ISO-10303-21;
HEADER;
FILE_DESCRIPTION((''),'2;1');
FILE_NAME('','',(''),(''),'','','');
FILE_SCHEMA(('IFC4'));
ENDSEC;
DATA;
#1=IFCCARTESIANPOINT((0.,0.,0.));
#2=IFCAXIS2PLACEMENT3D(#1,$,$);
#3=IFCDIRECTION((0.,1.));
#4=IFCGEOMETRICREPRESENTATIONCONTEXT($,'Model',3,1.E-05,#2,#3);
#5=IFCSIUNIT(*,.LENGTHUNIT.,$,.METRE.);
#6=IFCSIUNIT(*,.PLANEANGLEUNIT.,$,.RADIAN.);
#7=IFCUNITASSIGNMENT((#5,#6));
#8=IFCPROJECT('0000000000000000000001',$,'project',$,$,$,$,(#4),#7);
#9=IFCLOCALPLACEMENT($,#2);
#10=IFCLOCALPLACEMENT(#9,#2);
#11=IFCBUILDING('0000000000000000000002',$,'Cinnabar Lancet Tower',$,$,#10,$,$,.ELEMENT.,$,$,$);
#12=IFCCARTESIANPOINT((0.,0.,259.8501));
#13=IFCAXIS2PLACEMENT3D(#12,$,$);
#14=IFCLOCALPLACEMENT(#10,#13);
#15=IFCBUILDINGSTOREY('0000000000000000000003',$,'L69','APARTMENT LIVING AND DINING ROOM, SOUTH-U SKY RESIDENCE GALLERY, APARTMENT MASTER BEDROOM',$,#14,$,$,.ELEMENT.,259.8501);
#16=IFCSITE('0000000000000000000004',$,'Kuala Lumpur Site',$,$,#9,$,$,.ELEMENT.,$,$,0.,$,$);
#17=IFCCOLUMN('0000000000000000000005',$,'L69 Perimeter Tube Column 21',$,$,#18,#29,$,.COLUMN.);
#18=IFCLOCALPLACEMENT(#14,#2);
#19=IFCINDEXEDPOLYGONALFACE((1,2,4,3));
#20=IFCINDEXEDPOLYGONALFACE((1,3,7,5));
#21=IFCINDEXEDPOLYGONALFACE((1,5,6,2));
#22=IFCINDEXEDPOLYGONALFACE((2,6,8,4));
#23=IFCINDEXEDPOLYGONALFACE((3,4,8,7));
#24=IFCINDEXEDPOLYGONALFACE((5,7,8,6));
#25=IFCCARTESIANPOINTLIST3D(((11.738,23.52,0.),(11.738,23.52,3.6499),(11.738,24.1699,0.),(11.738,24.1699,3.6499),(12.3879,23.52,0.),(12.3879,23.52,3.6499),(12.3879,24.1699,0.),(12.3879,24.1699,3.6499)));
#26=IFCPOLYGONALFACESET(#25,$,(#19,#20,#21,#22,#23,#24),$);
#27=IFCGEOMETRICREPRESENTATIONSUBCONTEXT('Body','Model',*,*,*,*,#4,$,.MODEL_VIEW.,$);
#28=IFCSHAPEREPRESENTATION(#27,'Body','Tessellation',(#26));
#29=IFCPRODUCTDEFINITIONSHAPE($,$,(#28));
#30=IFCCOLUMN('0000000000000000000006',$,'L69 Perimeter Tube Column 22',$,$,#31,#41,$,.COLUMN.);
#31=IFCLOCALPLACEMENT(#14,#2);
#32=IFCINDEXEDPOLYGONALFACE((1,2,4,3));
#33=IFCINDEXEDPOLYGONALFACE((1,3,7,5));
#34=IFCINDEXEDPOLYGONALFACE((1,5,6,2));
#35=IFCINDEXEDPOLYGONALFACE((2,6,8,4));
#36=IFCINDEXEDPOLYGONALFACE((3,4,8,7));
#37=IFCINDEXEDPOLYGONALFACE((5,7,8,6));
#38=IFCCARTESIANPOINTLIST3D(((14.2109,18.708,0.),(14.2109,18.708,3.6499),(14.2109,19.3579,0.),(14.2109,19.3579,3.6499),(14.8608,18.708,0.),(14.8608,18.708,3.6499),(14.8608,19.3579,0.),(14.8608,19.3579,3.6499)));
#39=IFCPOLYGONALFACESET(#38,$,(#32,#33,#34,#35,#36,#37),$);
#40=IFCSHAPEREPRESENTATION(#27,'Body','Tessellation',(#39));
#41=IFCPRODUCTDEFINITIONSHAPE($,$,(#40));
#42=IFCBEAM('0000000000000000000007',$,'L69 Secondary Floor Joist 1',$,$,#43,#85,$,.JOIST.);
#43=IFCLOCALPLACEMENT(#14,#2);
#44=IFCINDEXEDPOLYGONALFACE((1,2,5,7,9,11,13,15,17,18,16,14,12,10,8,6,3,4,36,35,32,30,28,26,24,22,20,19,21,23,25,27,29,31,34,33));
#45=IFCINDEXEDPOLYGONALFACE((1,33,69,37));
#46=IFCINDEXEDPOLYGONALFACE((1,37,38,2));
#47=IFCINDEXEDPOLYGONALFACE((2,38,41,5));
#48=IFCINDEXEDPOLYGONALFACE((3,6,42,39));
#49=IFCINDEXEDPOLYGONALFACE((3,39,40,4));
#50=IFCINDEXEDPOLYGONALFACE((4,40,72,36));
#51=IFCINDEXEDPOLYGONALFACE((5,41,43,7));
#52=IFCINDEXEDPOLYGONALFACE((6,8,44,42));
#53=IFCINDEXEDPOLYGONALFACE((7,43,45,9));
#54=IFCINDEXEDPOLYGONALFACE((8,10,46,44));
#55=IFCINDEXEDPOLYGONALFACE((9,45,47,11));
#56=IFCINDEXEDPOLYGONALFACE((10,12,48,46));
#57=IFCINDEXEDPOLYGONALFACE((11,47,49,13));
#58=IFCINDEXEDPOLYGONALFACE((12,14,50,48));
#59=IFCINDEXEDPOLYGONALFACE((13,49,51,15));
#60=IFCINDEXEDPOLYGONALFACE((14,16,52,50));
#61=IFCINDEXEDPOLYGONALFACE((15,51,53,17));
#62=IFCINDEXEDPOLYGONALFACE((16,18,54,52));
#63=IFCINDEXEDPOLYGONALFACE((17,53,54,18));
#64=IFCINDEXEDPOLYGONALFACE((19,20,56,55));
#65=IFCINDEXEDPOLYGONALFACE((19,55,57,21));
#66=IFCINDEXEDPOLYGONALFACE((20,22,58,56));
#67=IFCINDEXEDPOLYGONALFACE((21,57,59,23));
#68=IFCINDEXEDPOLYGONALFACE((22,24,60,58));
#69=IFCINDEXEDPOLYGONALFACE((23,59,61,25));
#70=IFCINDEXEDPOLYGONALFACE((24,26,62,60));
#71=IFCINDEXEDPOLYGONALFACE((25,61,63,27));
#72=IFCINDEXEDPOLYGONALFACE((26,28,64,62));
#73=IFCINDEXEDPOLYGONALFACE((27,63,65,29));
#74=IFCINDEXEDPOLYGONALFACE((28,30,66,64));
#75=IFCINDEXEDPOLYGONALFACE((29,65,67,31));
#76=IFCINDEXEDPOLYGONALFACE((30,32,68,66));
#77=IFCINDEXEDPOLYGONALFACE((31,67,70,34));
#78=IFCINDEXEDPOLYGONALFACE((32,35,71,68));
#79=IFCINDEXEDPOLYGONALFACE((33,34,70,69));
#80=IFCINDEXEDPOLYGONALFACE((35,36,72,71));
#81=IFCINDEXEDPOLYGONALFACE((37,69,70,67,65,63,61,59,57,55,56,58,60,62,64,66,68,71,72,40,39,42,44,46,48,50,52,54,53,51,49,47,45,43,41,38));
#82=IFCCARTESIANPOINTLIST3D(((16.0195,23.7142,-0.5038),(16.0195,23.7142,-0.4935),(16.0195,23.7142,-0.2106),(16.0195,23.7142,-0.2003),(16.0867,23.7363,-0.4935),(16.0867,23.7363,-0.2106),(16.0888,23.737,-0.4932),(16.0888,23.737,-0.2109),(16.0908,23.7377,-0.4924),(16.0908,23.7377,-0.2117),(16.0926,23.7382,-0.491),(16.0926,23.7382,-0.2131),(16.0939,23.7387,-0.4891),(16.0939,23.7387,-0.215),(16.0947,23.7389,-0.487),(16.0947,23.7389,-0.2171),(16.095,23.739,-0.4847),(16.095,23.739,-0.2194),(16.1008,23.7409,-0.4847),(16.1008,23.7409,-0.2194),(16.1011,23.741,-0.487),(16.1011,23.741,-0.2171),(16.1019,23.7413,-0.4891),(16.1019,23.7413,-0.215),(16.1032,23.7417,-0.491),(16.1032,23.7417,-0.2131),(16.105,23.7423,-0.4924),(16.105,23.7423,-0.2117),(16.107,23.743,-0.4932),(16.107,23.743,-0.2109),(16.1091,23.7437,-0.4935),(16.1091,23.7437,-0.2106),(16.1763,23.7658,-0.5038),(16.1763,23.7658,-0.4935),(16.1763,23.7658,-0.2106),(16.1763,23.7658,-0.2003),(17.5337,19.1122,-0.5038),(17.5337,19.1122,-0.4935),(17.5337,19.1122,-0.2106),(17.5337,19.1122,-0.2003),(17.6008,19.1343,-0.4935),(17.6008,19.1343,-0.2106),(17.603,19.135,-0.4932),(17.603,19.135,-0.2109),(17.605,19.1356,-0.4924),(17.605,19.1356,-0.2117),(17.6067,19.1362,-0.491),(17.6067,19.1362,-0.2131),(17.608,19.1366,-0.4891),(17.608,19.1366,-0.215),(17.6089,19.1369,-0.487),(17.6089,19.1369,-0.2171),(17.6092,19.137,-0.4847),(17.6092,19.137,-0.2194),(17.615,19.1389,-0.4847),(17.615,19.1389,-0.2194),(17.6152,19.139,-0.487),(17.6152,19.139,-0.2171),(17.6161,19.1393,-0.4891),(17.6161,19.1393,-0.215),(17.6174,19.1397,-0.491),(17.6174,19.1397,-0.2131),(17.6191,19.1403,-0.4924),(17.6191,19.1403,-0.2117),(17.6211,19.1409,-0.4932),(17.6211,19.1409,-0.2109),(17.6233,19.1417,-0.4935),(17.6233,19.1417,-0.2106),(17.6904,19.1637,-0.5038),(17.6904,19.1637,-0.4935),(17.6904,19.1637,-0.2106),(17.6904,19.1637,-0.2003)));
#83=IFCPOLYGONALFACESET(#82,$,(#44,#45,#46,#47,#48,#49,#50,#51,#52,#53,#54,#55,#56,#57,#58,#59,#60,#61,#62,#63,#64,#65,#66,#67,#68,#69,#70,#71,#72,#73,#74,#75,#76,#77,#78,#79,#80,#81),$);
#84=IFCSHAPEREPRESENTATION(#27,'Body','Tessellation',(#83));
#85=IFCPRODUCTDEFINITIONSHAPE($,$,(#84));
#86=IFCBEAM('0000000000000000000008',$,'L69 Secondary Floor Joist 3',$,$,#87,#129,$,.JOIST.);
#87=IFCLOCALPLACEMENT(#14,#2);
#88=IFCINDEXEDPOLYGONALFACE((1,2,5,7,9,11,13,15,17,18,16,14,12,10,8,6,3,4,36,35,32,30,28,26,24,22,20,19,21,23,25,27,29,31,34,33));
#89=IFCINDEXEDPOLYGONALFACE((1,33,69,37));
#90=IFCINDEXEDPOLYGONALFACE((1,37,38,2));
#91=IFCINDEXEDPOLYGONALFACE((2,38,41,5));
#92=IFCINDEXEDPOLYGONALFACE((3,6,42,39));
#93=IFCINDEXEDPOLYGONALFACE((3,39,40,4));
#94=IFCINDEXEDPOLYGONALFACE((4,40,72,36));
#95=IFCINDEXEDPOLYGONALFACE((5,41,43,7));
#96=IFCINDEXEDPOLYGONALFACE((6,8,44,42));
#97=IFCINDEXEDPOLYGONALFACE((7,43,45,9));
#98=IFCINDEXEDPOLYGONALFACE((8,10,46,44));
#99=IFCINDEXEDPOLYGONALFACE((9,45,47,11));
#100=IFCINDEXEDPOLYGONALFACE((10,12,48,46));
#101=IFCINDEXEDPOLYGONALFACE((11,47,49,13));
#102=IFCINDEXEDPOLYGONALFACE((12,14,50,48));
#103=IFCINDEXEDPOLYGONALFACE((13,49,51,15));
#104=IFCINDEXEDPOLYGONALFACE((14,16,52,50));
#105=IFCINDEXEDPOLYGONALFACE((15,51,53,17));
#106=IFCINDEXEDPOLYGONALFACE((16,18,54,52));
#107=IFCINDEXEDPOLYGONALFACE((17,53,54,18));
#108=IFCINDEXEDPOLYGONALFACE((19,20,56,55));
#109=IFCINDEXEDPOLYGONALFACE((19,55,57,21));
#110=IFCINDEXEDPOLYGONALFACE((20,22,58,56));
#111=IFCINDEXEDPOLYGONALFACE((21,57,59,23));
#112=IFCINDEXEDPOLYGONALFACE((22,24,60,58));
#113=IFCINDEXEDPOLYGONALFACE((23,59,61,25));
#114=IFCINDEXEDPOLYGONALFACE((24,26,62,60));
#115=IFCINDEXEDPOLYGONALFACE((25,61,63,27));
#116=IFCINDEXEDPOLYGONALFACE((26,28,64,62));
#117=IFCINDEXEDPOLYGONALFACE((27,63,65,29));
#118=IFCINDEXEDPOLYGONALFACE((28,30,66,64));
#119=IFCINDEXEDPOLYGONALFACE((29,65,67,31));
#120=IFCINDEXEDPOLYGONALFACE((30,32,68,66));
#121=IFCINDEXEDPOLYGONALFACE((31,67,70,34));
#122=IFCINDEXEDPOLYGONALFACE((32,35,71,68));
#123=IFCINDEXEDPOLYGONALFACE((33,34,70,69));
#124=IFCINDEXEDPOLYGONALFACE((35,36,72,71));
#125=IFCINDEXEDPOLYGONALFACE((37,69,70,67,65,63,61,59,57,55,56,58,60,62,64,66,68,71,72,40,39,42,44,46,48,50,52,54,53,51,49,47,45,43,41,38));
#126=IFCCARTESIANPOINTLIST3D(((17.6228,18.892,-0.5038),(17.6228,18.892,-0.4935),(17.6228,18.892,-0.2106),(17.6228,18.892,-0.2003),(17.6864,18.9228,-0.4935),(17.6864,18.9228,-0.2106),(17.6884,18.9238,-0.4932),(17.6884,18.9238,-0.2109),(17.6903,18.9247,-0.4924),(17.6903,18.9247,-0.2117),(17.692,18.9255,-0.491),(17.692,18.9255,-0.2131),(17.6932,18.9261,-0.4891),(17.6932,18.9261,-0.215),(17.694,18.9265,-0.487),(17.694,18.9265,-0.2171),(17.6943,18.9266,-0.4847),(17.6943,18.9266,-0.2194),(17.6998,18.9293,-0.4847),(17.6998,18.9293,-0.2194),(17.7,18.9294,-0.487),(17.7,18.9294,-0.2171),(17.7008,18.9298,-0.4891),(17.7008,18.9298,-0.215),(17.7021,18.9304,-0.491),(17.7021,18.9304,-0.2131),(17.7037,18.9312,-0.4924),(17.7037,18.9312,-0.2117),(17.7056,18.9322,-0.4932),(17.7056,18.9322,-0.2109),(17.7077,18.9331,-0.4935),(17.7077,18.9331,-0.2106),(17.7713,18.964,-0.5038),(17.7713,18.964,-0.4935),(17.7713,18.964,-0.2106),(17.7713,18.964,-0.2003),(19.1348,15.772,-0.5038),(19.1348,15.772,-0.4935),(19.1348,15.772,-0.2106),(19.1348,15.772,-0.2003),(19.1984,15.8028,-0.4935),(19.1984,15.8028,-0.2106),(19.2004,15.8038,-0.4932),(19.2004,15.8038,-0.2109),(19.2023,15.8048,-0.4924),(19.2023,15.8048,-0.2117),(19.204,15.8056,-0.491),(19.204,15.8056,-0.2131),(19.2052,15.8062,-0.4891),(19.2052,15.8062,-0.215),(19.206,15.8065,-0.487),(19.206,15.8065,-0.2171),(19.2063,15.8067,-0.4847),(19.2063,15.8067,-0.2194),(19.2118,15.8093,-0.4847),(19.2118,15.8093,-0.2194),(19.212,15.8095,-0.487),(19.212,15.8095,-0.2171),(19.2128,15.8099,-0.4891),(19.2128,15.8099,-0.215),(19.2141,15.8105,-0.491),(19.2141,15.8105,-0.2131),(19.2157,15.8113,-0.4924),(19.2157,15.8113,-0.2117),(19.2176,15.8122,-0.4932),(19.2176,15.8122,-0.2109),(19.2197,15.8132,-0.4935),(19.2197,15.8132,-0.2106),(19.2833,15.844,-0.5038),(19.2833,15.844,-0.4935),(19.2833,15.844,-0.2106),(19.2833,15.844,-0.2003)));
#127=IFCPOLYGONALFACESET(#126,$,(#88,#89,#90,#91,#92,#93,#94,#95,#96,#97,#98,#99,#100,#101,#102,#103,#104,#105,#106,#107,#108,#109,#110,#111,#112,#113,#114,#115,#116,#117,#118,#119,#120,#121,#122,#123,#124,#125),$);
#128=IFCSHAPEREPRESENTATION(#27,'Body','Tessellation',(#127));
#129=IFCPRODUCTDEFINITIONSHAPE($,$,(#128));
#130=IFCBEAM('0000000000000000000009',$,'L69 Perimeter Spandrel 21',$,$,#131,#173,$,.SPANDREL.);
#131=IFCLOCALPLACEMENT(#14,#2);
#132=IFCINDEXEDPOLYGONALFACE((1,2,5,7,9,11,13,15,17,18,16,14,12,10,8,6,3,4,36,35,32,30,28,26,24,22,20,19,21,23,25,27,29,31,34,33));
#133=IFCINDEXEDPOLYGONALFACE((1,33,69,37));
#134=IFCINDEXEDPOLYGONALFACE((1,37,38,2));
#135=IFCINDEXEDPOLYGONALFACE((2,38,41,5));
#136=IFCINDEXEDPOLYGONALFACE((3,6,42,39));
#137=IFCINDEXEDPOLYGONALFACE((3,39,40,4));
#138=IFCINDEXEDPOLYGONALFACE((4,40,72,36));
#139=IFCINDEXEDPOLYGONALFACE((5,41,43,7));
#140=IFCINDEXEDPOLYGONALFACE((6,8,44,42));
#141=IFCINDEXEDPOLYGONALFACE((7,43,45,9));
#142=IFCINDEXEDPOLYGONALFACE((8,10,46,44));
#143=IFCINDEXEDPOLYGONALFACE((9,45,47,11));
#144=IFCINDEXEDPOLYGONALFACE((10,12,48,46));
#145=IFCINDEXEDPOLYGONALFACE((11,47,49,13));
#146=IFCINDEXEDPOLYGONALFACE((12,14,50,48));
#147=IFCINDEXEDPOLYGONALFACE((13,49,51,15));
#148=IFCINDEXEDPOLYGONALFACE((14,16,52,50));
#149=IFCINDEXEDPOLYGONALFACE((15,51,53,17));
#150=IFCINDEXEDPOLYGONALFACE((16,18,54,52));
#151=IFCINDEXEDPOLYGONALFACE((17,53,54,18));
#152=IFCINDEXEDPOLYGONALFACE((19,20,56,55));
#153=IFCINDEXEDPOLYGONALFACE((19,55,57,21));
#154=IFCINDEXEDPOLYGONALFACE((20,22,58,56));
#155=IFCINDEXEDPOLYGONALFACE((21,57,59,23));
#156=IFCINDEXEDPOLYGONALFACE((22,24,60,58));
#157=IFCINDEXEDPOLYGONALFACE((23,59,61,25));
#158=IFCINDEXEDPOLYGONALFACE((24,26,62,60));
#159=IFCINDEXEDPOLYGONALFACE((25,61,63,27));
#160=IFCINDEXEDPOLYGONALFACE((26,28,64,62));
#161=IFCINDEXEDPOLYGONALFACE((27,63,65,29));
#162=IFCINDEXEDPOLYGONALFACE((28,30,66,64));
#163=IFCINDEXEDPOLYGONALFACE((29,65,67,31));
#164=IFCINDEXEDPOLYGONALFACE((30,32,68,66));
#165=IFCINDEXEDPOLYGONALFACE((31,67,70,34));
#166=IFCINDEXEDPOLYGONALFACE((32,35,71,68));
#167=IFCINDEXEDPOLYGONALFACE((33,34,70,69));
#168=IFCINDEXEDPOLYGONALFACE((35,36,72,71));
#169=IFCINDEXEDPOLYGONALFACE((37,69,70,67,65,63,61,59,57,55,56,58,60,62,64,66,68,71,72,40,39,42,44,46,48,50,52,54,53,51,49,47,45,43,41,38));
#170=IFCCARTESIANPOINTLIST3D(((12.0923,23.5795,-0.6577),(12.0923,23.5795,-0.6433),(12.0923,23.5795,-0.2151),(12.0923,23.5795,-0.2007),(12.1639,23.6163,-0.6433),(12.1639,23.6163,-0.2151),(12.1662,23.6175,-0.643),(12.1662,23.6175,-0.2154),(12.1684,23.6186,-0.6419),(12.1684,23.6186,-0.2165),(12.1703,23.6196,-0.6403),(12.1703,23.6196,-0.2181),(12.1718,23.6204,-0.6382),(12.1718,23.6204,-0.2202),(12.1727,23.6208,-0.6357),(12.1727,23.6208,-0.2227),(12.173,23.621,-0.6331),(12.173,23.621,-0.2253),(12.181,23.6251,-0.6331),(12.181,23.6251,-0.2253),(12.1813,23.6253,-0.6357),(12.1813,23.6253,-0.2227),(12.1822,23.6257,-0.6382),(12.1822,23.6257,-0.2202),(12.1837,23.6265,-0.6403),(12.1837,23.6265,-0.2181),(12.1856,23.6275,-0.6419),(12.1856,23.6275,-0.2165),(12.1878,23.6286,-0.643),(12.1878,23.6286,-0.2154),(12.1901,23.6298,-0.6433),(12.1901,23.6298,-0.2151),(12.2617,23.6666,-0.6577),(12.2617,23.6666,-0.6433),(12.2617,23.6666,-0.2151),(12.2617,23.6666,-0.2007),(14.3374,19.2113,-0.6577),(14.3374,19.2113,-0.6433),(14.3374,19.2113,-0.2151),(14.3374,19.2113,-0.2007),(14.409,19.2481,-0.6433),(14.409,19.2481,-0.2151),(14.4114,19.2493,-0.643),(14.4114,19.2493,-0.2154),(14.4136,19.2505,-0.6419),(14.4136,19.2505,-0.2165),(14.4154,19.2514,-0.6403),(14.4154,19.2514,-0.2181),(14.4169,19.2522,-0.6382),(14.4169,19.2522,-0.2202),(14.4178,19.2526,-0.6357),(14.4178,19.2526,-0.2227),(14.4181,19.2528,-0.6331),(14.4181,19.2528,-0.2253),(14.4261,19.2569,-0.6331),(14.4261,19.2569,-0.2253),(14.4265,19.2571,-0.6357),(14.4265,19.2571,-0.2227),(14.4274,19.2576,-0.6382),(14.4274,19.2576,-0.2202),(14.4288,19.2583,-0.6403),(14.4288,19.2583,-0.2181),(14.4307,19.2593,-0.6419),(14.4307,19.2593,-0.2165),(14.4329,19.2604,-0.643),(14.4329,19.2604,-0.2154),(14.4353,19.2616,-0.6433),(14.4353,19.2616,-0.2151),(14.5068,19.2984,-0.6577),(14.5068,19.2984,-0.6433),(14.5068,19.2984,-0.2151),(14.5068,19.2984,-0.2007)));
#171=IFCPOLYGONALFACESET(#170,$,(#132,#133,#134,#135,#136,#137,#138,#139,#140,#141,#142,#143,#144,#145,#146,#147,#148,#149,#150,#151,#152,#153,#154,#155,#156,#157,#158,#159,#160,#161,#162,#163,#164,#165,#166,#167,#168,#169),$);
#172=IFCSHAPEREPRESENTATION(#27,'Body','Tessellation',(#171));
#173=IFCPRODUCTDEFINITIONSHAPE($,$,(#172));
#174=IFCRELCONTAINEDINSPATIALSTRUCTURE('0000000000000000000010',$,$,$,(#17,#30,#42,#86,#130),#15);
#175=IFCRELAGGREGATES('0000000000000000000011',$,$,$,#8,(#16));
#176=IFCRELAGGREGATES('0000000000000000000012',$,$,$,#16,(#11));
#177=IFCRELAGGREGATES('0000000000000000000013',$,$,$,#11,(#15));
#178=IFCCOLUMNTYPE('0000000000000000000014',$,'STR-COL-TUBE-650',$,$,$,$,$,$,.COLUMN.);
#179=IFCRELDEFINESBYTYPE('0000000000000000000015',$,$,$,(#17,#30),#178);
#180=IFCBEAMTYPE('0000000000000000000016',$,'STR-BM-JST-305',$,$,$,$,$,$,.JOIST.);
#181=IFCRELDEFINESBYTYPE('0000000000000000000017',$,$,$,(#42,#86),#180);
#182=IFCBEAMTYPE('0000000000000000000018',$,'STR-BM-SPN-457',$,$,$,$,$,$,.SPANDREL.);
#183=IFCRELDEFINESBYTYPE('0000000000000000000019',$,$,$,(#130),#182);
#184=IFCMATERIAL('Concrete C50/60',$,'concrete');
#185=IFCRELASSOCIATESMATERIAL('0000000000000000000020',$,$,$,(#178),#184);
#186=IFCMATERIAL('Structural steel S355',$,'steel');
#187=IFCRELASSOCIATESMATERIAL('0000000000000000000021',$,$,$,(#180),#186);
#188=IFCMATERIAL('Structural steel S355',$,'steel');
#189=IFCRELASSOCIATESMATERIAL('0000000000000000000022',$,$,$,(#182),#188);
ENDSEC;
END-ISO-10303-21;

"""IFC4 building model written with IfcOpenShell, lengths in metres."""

from ifc_helpers import new_model, si_unit, direction, frame, origin, origin_2d, place, context, subcontext, project, spatial, rectangle, i_section, extrude, material, material_profile, profile_set, type_object, element, save


model = new_model("IFC4")

# Units and contexts
model_context = context("Model", 3, precision=1e-05, world=origin(), true_north=direction((0.0, 1.0)))
body_context = subcontext(model_context, "Body", "Model", "MODEL_VIEW")
ifc_project = project(units=[si_unit("LENGTHUNIT", "METRE"), si_unit("PLANEANGLEUNIT", "RADIAN")], contexts=[model_context])

# Site, building, storey
site_placement = place(None, origin())
site = spatial("IfcSite", under=ifc_project, at=site_placement, Name="Kuala Lumpur Site", CompositionType="ELEMENT", RefElevation=0.0)
building_placement = place(site_placement, origin())
building = spatial("IfcBuilding", under=site, at=building_placement, Name="Cinnabar Lancet Tower", CompositionType="ELEMENT")
storey_placement = place(building_placement, frame((0.0, 0.0, 259.8501)))
storey = spatial("IfcBuildingStorey", under=building, at=storey_placement, Name="L69", Description="APARTMENT LIVING AND DINING ROOM, SOUTH-U SKY RESIDENCE GALLERY, APARTMENT MASTER BEDROOM", CompositionType="ELEMENT", Elevation=259.8501)

# Columns
ifc_material_1 = material(Name="Concrete C50/60", Category="concrete")
ifc_material_profile_1 = material_profile(ifc_material_1, rectangle(XDim=0.6499, YDim=0.6499, at=origin_2d()), Name="RC-COL 650x650")
ifc_profile_set_1 = profile_set([ifc_material_profile_1], Name="Concrete C50/60")
column_type = type_object("IfcColumnType", Name="STR-COL-TUBE-650", PredefinedType="COLUMN", material=ifc_profile_set_1)
for number, where, z_axis, x_axis, name in (
    (1, (12.063, 23.845, 0.0), (0.0, 0.0, 1.0), (1.0, 0.0, 0.0), "L69 Perimeter Tube Column 21"),
    (2, (14.5359, 19.033, 0.0), (0.0, 0.0, 1.0), (1.0, 0.0, 0.0), "L69 Perimeter Tube Column 22"),
):
    element("IfcColumn", number, at=place(storey_placement, frame(where, z_axis=z_axis, x_axis=x_axis)), inside=storey, type_object=column_type, Name=name, PredefinedType="COLUMN", context=body_context, shape_type="SweptSolid", body=[
        extrude(rectangle(XDim=0.6499, YDim=0.6499, at=origin_2d()), origin(), (0.0, 0.0, 1.0), 3.6499),
    ])

# Beams
ifc_material_2 = material(Name="Structural steel S355", Category="steel")
ifc_material_profile_2 = material_profile(ifc_material_2, i_section(OverallWidth=0.165, OverallDepth=0.3035, WebThickness=0.0061, FlangeThickness=0.0103, FilletRadius=0.0088, at=origin_2d()), Name="UKB 305x165x40")
ifc_profile_set_2 = profile_set([ifc_material_profile_2], Name="Structural steel S355")
beam_type_1 = type_object("IfcBeamType", Name="STR-BM-JST-305", PredefinedType="JOIST", material=ifc_profile_set_2)
beam_1_placement = place(storey_placement, frame((16.0979, 23.74, -0.3521), z_axis=(0.312537, -0.949906, 0.0), x_axis=(0.949906, 0.312537, 0.0)))
element("IfcBeam", 3, at=beam_1_placement, inside=storey, type_object=beam_type_1, Name="L69 Secondary Floor Joist 1", PredefinedType="JOIST", context=body_context, shape_type="SweptSolid", body=[
    extrude(i_section(OverallWidth=0.165, OverallDepth=0.3035, WebThickness=0.0061, FlangeThickness=0.0103, FilletRadius=0.0088, at=origin_2d()), origin(), (0.0, 0.0, 1.0), 4.8447),
])
beam_2_placement = place(storey_placement, frame((17.697, 18.928, -0.3521), z_axis=(0.436109, -0.899894, 0.0), x_axis=(0.899894, 0.436109, 0.0)))
element("IfcBeam", 4, at=beam_2_placement, inside=storey, type_object=beam_type_1, Name="L69 Secondary Floor Joist 3", PredefinedType="JOIST", context=body_context, shape_type="SweptSolid", body=[
    extrude(i_section(OverallWidth=0.165, OverallDepth=0.3035, WebThickness=0.0061, FlangeThickness=0.0103, FilletRadius=0.0088, at=origin_2d()), origin(), (0.0, 0.0, 1.0), 3.467),
])
ifc_material_3 = material(Name="Structural steel S355", Category="steel")
ifc_material_profile_3 = material_profile(ifc_material_3, i_section(OverallWidth=0.1904, OverallDepth=0.457, WebThickness=0.009, FlangeThickness=0.0144, FilletRadius=0.0103, at=origin_2d()), Name="UKB 457x191x74")
ifc_profile_set_3 = profile_set([ifc_material_profile_3], Name="Structural steel S355")
beam_type_2 = type_object("IfcBeamType", Name="STR-BM-SPN-457", PredefinedType="SPANDREL", material=ifc_profile_set_3)
beam_3_placement = place(storey_placement, frame((12.177, 23.623, -0.4292), z_axis=(0.457128, -0.889401, 0.0), x_axis=(0.889401, 0.457128, 0.0)))
element("IfcBeam", 5, at=beam_3_placement, inside=storey, type_object=beam_type_2, Name="L69 Perimeter Spandrel 21", PredefinedType="SPANDREL", context=body_context, shape_type="SweptSolid", body=[
    extrude(i_section(OverallWidth=0.1904, OverallDepth=0.457, WebThickness=0.009, FlangeThickness=0.0144, FilletRadius=0.0103, at=origin_2d()), origin(), (0.0, 0.0, 1.0), 4.9114),
])

save(model, "model.ifc")
